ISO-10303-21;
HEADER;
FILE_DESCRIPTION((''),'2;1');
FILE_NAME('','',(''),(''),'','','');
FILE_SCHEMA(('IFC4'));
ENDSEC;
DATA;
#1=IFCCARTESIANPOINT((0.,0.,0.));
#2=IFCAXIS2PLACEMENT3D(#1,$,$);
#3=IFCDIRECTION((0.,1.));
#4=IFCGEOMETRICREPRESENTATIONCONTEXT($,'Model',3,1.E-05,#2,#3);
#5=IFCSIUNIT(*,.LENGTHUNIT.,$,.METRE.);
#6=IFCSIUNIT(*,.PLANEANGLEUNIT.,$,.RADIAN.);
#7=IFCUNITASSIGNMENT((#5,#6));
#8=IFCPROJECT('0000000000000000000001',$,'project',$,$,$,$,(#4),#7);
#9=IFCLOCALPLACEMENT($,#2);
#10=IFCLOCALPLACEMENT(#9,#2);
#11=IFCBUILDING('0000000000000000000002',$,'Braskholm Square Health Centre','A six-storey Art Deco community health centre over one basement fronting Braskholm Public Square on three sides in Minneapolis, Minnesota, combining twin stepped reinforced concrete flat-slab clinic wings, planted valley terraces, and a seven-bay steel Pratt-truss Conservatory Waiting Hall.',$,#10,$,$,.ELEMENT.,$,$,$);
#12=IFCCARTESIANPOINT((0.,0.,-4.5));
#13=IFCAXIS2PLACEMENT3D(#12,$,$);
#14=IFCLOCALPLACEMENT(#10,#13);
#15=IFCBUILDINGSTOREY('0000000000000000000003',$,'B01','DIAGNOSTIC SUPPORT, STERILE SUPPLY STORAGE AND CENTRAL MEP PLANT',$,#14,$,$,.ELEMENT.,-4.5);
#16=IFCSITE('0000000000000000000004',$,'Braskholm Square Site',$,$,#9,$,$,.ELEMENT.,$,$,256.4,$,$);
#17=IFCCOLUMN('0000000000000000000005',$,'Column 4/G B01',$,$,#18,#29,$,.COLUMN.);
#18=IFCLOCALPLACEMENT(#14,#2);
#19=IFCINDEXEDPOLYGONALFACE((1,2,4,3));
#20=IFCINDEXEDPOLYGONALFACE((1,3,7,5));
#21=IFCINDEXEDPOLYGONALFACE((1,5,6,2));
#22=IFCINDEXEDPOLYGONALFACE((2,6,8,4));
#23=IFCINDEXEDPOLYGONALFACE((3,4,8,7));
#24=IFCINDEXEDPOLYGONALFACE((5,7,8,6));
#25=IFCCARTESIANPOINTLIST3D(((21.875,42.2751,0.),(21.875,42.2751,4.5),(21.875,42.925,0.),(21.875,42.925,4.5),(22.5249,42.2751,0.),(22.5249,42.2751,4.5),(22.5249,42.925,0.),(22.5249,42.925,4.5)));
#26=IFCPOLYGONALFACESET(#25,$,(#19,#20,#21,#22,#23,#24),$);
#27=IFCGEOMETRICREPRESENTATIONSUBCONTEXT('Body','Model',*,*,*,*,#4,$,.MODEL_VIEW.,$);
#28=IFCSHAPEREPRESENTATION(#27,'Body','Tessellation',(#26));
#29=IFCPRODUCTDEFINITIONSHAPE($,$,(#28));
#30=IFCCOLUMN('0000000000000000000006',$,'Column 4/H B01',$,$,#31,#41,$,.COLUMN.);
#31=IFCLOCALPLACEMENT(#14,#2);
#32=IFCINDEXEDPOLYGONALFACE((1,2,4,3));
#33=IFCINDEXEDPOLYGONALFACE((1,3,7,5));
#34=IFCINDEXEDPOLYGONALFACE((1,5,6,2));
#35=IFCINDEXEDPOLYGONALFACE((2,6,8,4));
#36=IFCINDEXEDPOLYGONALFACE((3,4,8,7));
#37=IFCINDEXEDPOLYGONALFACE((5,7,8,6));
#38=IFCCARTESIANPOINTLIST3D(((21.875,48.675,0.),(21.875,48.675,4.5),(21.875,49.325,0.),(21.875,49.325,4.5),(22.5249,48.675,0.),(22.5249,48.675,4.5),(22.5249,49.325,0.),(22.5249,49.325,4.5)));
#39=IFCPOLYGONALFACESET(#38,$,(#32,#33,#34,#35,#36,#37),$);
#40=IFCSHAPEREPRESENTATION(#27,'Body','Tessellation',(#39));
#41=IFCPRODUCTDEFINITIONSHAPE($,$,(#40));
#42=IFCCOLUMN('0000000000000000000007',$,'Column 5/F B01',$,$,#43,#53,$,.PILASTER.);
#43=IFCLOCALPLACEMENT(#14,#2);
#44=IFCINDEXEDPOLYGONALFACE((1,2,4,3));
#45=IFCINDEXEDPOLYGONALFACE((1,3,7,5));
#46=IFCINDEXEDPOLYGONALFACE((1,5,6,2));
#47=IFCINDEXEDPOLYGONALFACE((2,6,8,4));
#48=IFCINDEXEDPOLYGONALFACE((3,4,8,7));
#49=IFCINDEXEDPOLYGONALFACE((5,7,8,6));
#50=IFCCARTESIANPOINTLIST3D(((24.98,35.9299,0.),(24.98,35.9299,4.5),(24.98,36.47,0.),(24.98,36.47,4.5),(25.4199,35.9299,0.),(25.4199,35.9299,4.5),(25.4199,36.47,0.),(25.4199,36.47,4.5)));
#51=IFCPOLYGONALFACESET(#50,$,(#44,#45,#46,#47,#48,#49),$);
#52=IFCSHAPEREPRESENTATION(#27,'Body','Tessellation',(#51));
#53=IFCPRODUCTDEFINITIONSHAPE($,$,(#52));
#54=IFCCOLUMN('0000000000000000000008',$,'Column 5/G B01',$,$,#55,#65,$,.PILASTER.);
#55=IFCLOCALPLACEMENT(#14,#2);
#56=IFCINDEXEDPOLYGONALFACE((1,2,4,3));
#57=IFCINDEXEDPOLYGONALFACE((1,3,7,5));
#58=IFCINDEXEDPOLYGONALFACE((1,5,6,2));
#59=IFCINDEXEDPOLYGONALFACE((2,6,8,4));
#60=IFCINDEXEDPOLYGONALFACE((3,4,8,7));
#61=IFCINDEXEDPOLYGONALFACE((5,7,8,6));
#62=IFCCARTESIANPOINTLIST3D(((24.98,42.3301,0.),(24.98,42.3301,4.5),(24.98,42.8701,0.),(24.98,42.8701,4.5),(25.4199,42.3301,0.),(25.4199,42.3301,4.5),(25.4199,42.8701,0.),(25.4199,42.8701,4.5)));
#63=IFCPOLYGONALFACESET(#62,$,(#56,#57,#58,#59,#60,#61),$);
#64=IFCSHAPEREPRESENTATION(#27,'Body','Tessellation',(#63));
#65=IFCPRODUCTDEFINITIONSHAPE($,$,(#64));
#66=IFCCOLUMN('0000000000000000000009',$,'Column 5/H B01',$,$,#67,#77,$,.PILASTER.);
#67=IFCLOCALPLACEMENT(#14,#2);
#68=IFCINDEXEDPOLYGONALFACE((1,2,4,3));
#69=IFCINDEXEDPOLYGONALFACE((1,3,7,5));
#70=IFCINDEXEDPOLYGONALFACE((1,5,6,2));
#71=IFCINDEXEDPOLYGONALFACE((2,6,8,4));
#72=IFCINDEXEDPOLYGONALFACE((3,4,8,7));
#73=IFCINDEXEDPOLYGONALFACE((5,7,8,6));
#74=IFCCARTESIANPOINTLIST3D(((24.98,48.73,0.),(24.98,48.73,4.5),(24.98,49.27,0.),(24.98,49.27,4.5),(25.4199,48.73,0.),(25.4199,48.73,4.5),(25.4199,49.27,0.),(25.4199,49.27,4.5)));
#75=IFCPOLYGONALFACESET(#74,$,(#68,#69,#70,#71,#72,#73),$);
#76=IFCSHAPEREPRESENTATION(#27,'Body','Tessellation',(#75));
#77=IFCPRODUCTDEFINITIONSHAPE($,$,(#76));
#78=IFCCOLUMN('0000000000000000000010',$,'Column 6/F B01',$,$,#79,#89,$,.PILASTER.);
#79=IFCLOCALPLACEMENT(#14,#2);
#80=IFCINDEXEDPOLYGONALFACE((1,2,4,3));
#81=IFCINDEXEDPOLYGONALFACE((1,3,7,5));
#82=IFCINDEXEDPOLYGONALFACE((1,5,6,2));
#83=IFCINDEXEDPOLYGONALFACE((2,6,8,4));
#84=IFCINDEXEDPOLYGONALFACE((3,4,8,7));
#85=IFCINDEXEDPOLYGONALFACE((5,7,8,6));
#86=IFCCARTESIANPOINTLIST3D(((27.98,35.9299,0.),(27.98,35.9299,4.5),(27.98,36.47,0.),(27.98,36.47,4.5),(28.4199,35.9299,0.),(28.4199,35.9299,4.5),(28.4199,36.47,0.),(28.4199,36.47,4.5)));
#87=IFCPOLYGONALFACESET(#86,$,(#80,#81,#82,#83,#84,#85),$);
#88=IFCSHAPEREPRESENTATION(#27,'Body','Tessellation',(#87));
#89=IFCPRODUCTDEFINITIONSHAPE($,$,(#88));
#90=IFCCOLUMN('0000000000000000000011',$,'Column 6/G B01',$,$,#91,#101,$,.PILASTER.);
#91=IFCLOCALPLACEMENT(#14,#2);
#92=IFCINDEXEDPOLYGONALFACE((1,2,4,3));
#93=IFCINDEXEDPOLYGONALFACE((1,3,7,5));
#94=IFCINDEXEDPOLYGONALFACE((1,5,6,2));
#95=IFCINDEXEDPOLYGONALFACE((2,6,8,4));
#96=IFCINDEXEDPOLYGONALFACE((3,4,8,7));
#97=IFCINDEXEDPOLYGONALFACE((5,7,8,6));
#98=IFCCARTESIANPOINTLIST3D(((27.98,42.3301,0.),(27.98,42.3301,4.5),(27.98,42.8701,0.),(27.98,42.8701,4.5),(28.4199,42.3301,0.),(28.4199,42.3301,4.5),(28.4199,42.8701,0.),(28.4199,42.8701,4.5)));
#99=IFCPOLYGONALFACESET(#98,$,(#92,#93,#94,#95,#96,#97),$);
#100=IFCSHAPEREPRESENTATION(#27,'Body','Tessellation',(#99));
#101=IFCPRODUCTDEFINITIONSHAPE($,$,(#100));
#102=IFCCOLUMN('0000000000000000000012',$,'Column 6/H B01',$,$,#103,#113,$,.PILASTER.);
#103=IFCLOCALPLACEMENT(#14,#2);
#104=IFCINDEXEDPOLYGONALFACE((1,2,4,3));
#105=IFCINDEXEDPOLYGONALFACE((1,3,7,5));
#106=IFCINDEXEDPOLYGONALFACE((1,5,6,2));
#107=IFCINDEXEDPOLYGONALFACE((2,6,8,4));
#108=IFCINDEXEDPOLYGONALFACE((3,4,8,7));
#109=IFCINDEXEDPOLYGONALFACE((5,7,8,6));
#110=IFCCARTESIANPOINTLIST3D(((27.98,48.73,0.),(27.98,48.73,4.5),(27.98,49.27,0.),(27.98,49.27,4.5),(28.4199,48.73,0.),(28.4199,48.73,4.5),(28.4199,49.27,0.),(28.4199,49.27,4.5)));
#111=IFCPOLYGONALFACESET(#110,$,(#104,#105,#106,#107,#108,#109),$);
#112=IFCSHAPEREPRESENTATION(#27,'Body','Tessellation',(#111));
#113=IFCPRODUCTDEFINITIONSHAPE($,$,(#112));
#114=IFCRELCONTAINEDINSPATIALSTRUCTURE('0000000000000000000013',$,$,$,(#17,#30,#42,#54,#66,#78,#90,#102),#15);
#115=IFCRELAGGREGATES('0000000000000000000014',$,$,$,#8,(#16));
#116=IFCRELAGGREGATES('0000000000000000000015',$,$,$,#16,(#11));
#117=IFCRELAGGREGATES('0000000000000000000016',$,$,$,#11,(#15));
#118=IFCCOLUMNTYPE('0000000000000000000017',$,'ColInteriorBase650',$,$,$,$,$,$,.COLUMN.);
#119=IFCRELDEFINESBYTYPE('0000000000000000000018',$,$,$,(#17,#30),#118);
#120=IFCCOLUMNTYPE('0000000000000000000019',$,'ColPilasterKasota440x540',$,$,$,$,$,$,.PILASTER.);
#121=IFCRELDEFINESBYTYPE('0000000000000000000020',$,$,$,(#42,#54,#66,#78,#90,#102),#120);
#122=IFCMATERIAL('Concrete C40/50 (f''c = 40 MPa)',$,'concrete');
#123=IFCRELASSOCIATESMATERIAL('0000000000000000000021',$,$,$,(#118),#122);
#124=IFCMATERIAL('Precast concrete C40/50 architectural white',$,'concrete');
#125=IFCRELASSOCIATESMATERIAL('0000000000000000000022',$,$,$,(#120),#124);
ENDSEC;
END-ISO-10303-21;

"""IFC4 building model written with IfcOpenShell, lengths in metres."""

from ifc_helpers import new_model, si_unit, direction, frame, origin, origin_2d, place, context, subcontext, project, spatial, rectangle, extrude, material, material_profile, profile_set, type_object, element, save


model = new_model("IFC4")

# Units and contexts
model_context = context("Model", 3, precision=1e-05, world=origin(), true_north=direction((0.0, 1.0)))
body_context = subcontext(model_context, "Body", "Model", "MODEL_VIEW")
ifc_project = project(units=[si_unit("LENGTHUNIT", "METRE"), si_unit("PLANEANGLEUNIT", "RADIAN")], contexts=[model_context])

# Site, building, storey
site_placement = place(None, origin())
site = spatial("IfcSite", under=ifc_project, at=site_placement, Name="Braskholm Square Site", CompositionType="ELEMENT", RefElevation=256.4)
building_placement = place(site_placement, origin())
building = spatial("IfcBuilding", under=site, at=building_placement, Name="Braskholm Square Health Centre", Description="A six-storey Art Deco community health centre over one basement fronting Braskholm Public Square on three sides in Minneapolis, Minnesota, combining twin stepped reinforced concrete flat-slab clinic wings, planted valley terraces, and a seven-bay steel Pratt-truss Conservatory Waiting Hall.", CompositionType="ELEMENT")
storey_placement = place(building_placement, frame((0.0, 0.0, -4.5)))
storey = spatial("IfcBuildingStorey", under=building, at=storey_placement, Name="B01", Description="DIAGNOSTIC SUPPORT, STERILE SUPPLY STORAGE AND CENTRAL MEP PLANT", CompositionType="ELEMENT", Elevation=-4.5)

# Shared definitions
ifc_material_1 = material(Name="Concrete C40/50 (f'c = 40 MPa)", Category="concrete")

# Columns
ifc_material_profile_1 = material_profile(ifc_material_1, rectangle(XDim=0.6499, YDim=0.6499, at=origin_2d()), Name="RC-650X650")
ifc_profile_set_1 = profile_set([ifc_material_profile_1], Name="Concrete C40/50 (f'c = 40 MPa)")
column_type_1 = type_object("IfcColumnType", Name="ColInteriorBase650", PredefinedType="COLUMN", material=ifc_profile_set_1)
for number, where, z_axis, x_axis, name in (
    (1, (22.2, 42.6001, 0.0), (0.0, 0.0, 1.0), (1.0, 0.0, 0.0), "Column 4/G B01"),
    (2, (22.2, 49.0, 0.0), (0.0, 0.0, 1.0), (1.0, 0.0, 0.0), "Column 4/H B01"),
):
    element("IfcColumn", number, at=place(storey_placement, frame(where, z_axis=z_axis, x_axis=x_axis)), inside=storey, type_object=column_type_1, Name=name, PredefinedType="COLUMN", context=body_context, shape_type="SweptSolid", body=[
        extrude(rectangle(XDim=0.6499, YDim=0.6499, at=origin_2d()), origin(), (0.0, 0.0, 1.0), 4.5),
    ])
ifc_material_2 = material(Name="Precast concrete C40/50 architectural white", Category="concrete")
ifc_material_profile_2 = material_profile(ifc_material_2, rectangle(XDim=0.4399, YDim=0.54, at=origin_2d()), Name="RC-440X540")
ifc_profile_set_2 = profile_set([ifc_material_profile_2], Name="Precast concrete C40/50 architectural white")
column_type_2 = type_object("IfcColumnType", Name="ColPilasterKasota440x540", PredefinedType="PILASTER", material=ifc_profile_set_2)
for number, where, z_axis, x_axis, name in (
    (3, (25.2, 36.2, 0.0), (0.0, 0.0, 1.0), (1.0, 0.0, 0.0), "Column 5/F B01"),
    (4, (25.2, 42.6001, 0.0), (0.0, 0.0, 1.0), (1.0, 0.0, 0.0), "Column 5/G B01"),
    (5, (25.2, 49.0, 0.0), (0.0, 0.0, 1.0), (1.0, 0.0, 0.0), "Column 5/H B01"),
    (6, (28.2, 36.2, 0.0), (0.0, 0.0, 1.0), (1.0, 0.0, 0.0), "Column 6/F B01"),
    (7, (28.2, 42.6001, 0.0), (0.0, 0.0, 1.0), (1.0, 0.0, 0.0), "Column 6/G B01"),
    (8, (28.2, 49.0, 0.0), (0.0, 0.0, 1.0), (1.0, 0.0, 0.0), "Column 6/H B01"),
):
    element("IfcColumn", number, at=place(storey_placement, frame(where, z_axis=z_axis, x_axis=x_axis)), inside=storey, type_object=column_type_2, Name=name, PredefinedType="PILASTER", context=body_context, shape_type="SweptSolid", body=[
        extrude(rectangle(XDim=0.4399, YDim=0.54, at=origin_2d()), origin(), (0.0, 0.0, 1.0), 4.5),
    ])

save(model, "model.ifc")
